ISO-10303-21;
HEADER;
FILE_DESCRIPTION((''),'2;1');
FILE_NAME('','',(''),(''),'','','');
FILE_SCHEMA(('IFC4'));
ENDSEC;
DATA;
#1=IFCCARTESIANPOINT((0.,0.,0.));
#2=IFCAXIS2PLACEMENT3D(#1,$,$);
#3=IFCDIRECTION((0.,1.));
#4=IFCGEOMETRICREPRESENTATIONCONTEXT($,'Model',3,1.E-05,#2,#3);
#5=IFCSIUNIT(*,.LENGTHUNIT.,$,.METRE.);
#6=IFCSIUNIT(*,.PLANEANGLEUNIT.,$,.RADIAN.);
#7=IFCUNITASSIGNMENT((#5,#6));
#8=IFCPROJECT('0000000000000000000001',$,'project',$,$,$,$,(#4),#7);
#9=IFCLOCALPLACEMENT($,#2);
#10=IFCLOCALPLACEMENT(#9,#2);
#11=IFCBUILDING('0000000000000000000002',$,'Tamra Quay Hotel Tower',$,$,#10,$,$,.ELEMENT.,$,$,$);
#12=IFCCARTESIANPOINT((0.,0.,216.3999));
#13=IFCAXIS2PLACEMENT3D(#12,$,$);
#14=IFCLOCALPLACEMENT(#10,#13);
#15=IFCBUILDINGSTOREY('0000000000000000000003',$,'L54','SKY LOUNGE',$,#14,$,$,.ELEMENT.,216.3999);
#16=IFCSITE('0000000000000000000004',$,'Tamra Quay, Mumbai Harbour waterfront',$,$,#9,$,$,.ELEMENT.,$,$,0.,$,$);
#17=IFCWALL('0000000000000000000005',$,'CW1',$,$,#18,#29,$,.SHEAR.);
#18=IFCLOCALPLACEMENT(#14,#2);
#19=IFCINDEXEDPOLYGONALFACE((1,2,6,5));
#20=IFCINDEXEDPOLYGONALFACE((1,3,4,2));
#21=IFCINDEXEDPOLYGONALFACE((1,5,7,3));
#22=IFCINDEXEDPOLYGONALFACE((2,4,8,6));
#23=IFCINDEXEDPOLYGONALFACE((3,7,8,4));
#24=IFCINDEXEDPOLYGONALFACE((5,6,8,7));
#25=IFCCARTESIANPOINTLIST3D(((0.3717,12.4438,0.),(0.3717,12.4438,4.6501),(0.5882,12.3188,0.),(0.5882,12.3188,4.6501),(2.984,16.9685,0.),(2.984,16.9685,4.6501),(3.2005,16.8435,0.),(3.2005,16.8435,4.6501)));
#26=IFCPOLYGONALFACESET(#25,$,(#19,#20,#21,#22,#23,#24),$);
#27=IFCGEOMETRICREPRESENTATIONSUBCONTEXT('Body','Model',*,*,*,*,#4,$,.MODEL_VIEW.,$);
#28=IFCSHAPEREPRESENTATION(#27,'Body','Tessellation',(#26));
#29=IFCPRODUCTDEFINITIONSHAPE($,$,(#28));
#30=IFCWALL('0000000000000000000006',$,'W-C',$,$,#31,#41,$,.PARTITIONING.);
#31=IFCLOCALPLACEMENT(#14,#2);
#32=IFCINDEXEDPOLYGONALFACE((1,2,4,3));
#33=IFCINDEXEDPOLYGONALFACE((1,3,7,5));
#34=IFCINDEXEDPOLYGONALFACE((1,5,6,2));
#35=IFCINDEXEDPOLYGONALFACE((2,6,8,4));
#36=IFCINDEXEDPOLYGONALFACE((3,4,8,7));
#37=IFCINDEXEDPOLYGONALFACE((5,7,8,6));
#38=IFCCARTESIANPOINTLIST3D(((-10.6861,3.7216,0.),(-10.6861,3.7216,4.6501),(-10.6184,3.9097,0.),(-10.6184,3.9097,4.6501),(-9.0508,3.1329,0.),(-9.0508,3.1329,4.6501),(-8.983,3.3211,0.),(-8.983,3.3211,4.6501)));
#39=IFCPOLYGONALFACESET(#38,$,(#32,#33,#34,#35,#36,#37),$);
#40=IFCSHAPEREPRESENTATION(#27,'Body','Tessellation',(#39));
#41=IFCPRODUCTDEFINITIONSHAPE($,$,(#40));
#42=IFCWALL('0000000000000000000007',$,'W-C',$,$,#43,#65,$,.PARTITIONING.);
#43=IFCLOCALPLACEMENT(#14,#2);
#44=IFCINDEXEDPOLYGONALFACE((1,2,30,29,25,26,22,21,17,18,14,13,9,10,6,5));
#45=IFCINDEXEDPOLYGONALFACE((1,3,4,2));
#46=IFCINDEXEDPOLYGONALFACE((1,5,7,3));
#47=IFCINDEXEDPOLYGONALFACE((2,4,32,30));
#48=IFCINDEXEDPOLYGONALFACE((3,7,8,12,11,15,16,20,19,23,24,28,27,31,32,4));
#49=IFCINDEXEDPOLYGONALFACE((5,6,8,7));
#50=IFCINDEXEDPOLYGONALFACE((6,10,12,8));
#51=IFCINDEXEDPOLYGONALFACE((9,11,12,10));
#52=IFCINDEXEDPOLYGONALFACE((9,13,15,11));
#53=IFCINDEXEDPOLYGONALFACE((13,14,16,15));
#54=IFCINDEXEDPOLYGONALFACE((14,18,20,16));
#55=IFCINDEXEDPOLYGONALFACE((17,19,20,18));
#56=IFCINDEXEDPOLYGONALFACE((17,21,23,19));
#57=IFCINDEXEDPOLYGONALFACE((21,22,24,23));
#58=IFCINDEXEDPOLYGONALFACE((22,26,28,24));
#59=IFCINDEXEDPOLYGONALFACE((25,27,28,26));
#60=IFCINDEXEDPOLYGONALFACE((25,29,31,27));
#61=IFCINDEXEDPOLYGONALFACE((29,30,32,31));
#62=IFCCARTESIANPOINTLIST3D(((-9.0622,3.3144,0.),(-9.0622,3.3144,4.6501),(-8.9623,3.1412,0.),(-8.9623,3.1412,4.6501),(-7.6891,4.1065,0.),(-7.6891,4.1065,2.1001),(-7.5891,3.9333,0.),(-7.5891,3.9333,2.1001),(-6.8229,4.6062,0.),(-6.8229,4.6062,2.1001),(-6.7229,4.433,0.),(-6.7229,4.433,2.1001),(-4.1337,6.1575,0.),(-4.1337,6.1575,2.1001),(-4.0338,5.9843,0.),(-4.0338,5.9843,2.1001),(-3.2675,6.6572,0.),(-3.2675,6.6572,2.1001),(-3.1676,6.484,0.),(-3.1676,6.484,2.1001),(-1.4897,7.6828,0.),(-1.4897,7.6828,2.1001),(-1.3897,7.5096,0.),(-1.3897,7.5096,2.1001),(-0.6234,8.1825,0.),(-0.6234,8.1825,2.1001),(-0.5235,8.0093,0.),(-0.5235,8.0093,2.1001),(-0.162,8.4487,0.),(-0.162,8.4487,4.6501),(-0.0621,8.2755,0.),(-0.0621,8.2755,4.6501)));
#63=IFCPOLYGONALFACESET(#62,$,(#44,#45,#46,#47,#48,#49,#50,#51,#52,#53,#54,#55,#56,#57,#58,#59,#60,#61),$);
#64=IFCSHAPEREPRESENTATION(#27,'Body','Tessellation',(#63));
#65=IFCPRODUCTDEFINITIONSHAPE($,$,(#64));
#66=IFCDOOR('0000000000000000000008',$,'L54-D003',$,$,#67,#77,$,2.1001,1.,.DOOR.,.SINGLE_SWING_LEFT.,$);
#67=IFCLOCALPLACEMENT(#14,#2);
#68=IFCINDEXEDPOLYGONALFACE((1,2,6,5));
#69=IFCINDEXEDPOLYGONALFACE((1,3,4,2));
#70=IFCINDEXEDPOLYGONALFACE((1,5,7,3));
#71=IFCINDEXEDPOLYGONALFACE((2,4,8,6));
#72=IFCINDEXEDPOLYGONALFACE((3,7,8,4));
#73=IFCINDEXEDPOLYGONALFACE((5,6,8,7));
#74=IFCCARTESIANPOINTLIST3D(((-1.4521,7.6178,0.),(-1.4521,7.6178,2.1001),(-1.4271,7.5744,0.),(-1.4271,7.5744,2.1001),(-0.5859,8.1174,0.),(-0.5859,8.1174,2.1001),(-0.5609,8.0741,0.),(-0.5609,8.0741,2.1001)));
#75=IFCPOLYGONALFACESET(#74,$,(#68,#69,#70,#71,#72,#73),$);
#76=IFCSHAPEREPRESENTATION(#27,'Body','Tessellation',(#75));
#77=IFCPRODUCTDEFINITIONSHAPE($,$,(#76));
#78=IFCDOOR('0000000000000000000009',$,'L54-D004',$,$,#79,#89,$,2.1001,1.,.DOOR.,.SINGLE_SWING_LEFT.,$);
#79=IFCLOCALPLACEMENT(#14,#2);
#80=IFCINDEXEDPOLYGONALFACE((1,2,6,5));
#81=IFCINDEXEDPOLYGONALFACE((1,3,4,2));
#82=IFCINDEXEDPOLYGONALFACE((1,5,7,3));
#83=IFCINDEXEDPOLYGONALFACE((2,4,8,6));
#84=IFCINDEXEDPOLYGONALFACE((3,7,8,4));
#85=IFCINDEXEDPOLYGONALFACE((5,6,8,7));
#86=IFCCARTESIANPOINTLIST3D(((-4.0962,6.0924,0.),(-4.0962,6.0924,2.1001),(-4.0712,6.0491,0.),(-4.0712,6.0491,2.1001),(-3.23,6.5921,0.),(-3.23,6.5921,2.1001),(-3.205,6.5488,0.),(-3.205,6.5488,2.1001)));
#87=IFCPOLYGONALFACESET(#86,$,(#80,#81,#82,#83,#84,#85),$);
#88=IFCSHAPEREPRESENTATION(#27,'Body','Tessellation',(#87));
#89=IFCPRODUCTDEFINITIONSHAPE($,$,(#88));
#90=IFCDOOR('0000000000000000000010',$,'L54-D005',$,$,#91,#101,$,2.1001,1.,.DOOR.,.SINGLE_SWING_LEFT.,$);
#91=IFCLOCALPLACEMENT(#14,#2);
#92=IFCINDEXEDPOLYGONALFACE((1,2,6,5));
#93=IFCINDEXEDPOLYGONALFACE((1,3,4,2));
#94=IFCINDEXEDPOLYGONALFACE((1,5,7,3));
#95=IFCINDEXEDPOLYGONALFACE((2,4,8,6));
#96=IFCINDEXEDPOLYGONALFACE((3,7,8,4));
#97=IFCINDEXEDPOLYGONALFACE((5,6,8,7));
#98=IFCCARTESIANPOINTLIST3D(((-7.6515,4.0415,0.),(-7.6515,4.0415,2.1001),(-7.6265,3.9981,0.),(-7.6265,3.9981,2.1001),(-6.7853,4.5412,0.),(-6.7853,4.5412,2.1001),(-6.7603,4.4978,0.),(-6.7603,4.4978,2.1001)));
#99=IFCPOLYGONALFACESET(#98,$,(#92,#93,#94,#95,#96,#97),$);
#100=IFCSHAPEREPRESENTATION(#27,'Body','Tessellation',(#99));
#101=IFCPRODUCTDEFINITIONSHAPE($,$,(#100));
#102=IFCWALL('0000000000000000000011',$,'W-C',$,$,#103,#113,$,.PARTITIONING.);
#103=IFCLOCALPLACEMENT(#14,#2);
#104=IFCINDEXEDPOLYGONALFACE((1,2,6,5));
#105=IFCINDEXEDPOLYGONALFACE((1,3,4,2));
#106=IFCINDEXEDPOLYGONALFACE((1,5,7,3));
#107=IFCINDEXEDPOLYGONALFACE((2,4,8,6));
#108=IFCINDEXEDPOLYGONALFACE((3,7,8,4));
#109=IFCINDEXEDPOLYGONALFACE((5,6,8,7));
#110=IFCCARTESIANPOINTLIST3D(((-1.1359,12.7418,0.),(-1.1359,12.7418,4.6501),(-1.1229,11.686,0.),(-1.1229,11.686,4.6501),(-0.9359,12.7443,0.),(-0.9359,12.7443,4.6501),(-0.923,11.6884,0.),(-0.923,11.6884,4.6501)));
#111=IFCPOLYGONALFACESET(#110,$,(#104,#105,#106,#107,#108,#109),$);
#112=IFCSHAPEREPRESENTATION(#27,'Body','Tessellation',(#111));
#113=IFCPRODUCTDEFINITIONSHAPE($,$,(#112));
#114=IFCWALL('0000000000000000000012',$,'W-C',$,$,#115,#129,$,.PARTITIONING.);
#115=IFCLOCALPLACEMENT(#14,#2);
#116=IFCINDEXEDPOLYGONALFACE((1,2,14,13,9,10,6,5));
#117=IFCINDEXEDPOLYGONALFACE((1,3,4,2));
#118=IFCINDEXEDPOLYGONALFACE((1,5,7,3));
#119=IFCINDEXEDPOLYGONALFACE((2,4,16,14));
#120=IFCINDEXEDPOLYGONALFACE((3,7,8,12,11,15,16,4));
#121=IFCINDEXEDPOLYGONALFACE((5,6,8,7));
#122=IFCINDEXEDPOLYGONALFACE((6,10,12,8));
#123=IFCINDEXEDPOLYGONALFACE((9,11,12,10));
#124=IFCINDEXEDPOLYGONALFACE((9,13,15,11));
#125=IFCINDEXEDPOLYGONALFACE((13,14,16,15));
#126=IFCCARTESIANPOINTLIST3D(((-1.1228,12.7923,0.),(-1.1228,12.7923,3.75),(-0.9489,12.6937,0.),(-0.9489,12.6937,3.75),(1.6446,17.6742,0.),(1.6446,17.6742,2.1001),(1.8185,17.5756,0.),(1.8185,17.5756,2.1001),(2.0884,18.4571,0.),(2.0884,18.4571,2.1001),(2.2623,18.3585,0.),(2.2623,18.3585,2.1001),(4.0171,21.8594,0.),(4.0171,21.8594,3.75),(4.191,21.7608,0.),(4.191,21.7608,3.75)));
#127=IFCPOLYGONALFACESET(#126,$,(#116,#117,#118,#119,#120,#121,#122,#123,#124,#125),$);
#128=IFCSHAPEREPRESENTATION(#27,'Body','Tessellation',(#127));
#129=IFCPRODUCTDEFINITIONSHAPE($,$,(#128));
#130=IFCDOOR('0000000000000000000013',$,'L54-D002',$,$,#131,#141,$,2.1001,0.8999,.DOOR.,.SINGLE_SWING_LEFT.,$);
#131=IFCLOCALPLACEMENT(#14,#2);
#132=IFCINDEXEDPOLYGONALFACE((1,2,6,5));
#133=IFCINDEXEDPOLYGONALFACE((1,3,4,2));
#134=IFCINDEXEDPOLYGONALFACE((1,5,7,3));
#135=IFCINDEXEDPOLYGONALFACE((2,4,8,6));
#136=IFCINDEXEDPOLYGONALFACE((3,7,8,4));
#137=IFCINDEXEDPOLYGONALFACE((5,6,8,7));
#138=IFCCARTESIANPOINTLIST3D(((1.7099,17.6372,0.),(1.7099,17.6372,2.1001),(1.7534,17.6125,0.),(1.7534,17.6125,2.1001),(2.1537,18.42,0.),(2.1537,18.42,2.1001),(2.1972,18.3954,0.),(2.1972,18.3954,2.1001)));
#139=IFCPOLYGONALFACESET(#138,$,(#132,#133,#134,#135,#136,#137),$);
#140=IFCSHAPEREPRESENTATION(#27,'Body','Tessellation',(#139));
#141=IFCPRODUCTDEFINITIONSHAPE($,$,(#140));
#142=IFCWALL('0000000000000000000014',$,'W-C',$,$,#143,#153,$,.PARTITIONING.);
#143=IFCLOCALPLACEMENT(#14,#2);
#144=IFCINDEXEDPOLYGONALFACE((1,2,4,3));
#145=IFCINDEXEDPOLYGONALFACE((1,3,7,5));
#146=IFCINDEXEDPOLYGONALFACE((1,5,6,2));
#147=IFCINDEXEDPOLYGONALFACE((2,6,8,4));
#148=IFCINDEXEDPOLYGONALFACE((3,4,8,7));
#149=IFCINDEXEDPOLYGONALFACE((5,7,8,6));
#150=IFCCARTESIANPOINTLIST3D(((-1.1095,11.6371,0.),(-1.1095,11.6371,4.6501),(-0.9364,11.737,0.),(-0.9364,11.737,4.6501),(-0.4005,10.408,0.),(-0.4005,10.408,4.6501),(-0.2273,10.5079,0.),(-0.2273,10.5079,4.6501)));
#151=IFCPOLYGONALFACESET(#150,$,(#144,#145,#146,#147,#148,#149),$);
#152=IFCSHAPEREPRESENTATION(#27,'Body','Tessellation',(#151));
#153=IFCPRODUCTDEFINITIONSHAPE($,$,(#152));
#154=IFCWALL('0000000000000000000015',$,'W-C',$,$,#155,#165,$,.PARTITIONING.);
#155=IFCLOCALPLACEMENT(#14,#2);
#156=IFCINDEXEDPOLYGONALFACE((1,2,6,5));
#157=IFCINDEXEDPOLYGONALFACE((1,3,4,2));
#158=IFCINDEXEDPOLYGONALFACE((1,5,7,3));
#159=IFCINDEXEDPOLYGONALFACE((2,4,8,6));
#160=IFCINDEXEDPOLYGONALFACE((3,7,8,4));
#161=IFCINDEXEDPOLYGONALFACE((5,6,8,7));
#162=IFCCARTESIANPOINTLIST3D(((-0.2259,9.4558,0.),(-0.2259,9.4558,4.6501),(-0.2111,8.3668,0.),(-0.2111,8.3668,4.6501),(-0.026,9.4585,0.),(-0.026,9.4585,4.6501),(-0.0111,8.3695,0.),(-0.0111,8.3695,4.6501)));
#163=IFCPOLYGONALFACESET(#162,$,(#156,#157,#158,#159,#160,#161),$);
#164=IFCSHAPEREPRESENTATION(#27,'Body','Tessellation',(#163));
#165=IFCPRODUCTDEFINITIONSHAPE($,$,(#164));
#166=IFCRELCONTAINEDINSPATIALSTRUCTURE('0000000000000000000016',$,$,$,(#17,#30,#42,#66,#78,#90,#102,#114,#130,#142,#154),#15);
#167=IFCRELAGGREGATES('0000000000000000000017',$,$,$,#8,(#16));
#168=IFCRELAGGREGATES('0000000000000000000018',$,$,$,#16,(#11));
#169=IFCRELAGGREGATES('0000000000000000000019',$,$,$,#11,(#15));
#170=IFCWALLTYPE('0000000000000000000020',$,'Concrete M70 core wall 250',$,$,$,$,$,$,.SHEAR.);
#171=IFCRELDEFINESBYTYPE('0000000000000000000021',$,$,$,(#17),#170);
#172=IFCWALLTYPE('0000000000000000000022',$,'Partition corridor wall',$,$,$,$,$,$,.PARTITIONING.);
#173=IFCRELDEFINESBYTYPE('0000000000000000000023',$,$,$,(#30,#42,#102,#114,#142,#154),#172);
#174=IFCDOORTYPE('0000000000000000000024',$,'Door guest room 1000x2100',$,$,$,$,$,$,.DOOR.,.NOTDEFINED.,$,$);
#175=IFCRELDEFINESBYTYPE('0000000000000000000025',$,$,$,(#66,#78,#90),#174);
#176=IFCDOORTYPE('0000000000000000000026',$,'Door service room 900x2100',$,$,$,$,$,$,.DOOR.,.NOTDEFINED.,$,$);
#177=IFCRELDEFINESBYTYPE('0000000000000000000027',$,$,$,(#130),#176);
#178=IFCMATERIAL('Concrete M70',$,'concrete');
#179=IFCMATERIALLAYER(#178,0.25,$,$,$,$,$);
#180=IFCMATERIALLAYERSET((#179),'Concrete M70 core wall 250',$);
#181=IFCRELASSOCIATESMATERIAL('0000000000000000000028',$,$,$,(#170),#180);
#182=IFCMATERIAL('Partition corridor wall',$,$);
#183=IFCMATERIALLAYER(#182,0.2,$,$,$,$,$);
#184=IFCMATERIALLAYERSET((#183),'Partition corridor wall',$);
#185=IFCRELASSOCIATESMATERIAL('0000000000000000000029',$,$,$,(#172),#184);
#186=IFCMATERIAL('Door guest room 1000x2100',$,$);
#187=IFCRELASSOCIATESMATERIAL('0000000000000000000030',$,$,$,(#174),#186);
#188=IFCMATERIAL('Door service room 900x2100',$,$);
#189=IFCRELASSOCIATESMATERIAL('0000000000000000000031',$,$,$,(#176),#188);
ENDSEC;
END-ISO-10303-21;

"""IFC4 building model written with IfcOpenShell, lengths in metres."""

from ifc_helpers import new_model, si_unit, direction, frame, frame_2d, origin, place, context, subcontext, project, spatial, rectangle, extrude, material, layer, layer_set, type_object, element, fill, save


model = new_model("IFC4")

# Units and contexts
model_context = context("Model", 3, precision=1e-05, world=origin(), true_north=direction((0.0, 1.0)))
body_context = subcontext(model_context, "Body", "Model", "MODEL_VIEW")
ifc_project = project(units=[si_unit("LENGTHUNIT", "METRE"), si_unit("PLANEANGLEUNIT", "RADIAN")], contexts=[model_context])

# Site, building, storey
site_placement = place(None, origin())
site = spatial("IfcSite", under=ifc_project, at=site_placement, Name="Tamra Quay, Mumbai Harbour waterfront", CompositionType="ELEMENT", RefElevation=0.0)
building_placement = place(site_placement, origin())
building = spatial("IfcBuilding", under=site, at=building_placement, Name="Tamra Quay Hotel Tower", CompositionType="ELEMENT")
storey_placement = place(building_placement, frame((0.0, 0.0, 216.3999)))
storey = spatial("IfcBuildingStorey", under=building, at=storey_placement, Name="L54", Description="SKY LOUNGE", CompositionType="ELEMENT", Elevation=216.3999)

# Shared definitions
ifc_material_1 = material(Name="Concrete M70", Category="concrete")

# Shared definitions
ifc_layer_1 = layer(ifc_material_1, 0.25)
ifc_layer_set_1 = layer_set([ifc_layer_1], Name="Concrete M70 core wall 250")
wall_type_1 = type_object("IfcWallType", Name="Concrete M70 core wall 250", PredefinedType="SHEAR", material=ifc_layer_set_1)

# Walls
wall_1_placement = place(storey_placement, frame((0.48, 12.3813, 0.0), z_axis=(0.0, 0.0, 1.0), x_axis=(0.499999, 0.866026, 0.0)))
element("IfcWall", 1, at=wall_1_placement, inside=storey, type_object=wall_type_1, Name="CW1", PredefinedType="SHEAR", context=body_context, shape_type="SweptSolid", body=[
    extrude(rectangle(XDim=5.2246, YDim=0.25, at=frame_2d((2.6123, 0.0))), origin(), (0.0, 0.0, 1.0), 4.6501),
])
ifc_material_2 = material(Name="Partition corridor wall")
ifc_layer_2 = layer(ifc_material_2, 0.2)
ifc_layer_set_2 = layer_set([ifc_layer_2], Name="Partition corridor wall")
wall_type_2 = type_object("IfcWallType", Name="Partition corridor wall", PredefinedType="PARTITIONING", material=ifc_layer_set_2)
wall_2_placement = place(storey_placement, frame((-10.6523, 3.8157, 0.0), z_axis=(0.0, 0.0, 1.0), x_axis=(0.9409, -0.338685, 0.0)))
element("IfcWall", 2, at=wall_2_placement, inside=storey, type_object=wall_type_2, Name="W-C", PredefinedType="PARTITIONING", context=body_context, shape_type="SweptSolid", body=[
    extrude(rectangle(XDim=1.738, YDim=0.2, at=frame_2d((0.8691, 0.0))), origin(), (0.0, 0.0, 1.0), 4.6501),
])

# Wall, openings, doors
wall_3_placement = place(storey_placement, frame((-9.0122, 3.2278, 0.0), z_axis=(0.0, 0.0, 1.0), x_axis=(0.866203, 0.499692, 0.0)))
wall_3 = element("IfcWall", 3, at=wall_3_placement, inside=storey, type_object=wall_type_2, Name="W-C", PredefinedType="PARTITIONING", context=body_context, shape_type="SweptSolid", body=[
    extrude(rectangle(XDim=10.2749, YDim=0.2, at=frame_2d((5.1375, 0.0))), origin(), (0.0, 0.0, 1.0), 4.6501),
])
opening_1_placement = place(wall_3_placement, frame((8.7422, 0.0, 0.0)))
opening_1 = element("IfcOpeningElement", 4, at=opening_1_placement, cuts=wall_3, PredefinedType="OPENING", context=body_context, shape_type="SweptSolid", body=[
    extrude(rectangle(XDim=1.0, YDim=2.1001, at=frame_2d((0.5, 1.05))), frame((0.0, 0.1099, 0.0), z_axis=(0.0, -1.0, 0.0), x_axis=(1.0, 0.0, 0.0)), (0.0, 0.0, 1.0), 0.22),
])
opening_2_placement = place(wall_3_placement, frame((5.6897, 0.0, 0.0)))
opening_2 = element("IfcOpeningElement", 5, at=opening_2_placement, cuts=wall_3, PredefinedType="OPENING", context=body_context, shape_type="SweptSolid", body=[
    extrude(rectangle(XDim=1.0, YDim=2.1001, at=frame_2d((0.5, 1.05))), frame((0.0, 0.1099, 0.0), z_axis=(0.0, -1.0, 0.0), x_axis=(1.0, 0.0, 0.0)), (0.0, 0.0, 1.0), 0.22),
])
opening_3_placement = place(wall_3_placement, frame((1.5852, 0.0, 0.0)))
opening_3 = element("IfcOpeningElement", 6, at=opening_3_placement, cuts=wall_3, PredefinedType="OPENING", context=body_context, shape_type="SweptSolid", body=[
    extrude(rectangle(XDim=1.0, YDim=2.1001, at=frame_2d((0.5, 1.05))), frame((0.0, 0.1099, 0.0), z_axis=(0.0, -1.0, 0.0), x_axis=(1.0, 0.0, 0.0)), (0.0, 0.0, 1.0), 0.22),
])
ifc_material_3 = material(Name="Door guest room 1000x2100")
door_type_1 = type_object("IfcDoorType", Name="Door guest room 1000x2100", OperationType="NOTDEFINED", PredefinedType="DOOR", material=ifc_material_3)
door_1_placement = place(opening_1_placement, origin())
door_1 = element("IfcDoor", 7, at=door_1_placement, inside=storey, type_object=door_type_1, Name="L54-D003", OperationType="SINGLE_SWING_LEFT", OverallHeight=2.1001, OverallWidth=1.0, PredefinedType="DOOR", context=body_context, shape_type="SweptSolid", body=[
    extrude(rectangle(XDim=1.0, YDim=2.1001, at=frame_2d((0.5, 1.05))), frame((0.0, 0.0249, 0.0), z_axis=(0.0, -1.0, 0.0), x_axis=(1.0, 0.0, 0.0)), (0.0, 0.0, 1.0), 0.05),
])
fill(opening_1, door_1)
door_2_placement = place(opening_2_placement, origin())
door_2 = element("IfcDoor", 8, at=door_2_placement, inside=storey, type_object=door_type_1, Name="L54-D004", OperationType="SINGLE_SWING_LEFT", OverallHeight=2.1001, OverallWidth=1.0, PredefinedType="DOOR", context=body_context, shape_type="SweptSolid", body=[
    extrude(rectangle(XDim=1.0, YDim=2.1001, at=frame_2d((0.5, 1.05))), frame((0.0, 0.0249, 0.0), z_axis=(0.0, -1.0, 0.0), x_axis=(1.0, 0.0, 0.0)), (0.0, 0.0, 1.0), 0.05),
])
fill(opening_2, door_2)
door_3_placement = place(opening_3_placement, origin())
door_3 = element("IfcDoor", 9, at=door_3_placement, inside=storey, type_object=door_type_1, Name="L54-D005", OperationType="SINGLE_SWING_LEFT", OverallHeight=2.1001, OverallWidth=1.0, PredefinedType="DOOR", context=body_context, shape_type="SweptSolid", body=[
    extrude(rectangle(XDim=1.0, YDim=2.1001, at=frame_2d((0.5, 1.05))), frame((0.0, 0.0249, 0.0), z_axis=(0.0, -1.0, 0.0), x_axis=(1.0, 0.0, 0.0)), (0.0, 0.0, 1.0), 0.05),
])
fill(opening_3, door_3)

# Wall
wall_4_placement = place(storey_placement, frame((-1.0359, 12.7429, 0.0), z_axis=(0.0, 0.0, 1.0), x_axis=(0.012253, -0.999925, 0.0)))
element("IfcWall", 10, at=wall_4_placement, inside=storey, type_object=wall_type_2, Name="W-C", PredefinedType="PARTITIONING", context=body_context, shape_type="SweptSolid", body=[
    extrude(rectangle(XDim=1.0559, YDim=0.2, at=frame_2d((0.5278, 0.0))), origin(), (0.0, 0.0, 1.0), 4.6501),
])

# Wall, opening, door
wall_5_placement = place(storey_placement, frame((-1.0359, 12.7429, 0.0), z_axis=(0.0, 0.0, 1.0), x_axis=(0.493147, 0.869946, 0.0)))
wall_5 = element("IfcWall", 11, at=wall_5_placement, inside=storey, type_object=wall_type_2, Name="W-C", PredefinedType="PARTITIONING", context=body_context, shape_type="SweptSolid", body=[
    extrude(rectangle(XDim=10.4226, YDim=0.2, at=frame_2d((5.2114, 0.0))), origin(), (0.0, 0.0, 1.0), 3.75),
])
opening_4_placement = place(wall_5_placement, frame((5.6118, 0.0, 0.0)))
opening_4 = element("IfcOpeningElement", 12, at=opening_4_placement, cuts=wall_5, PredefinedType="OPENING", context=body_context, shape_type="SweptSolid", body=[
    extrude(rectangle(XDim=0.8999, YDim=2.1001, at=frame_2d((0.45, 1.05))), frame((0.0, 0.1099, 0.0), z_axis=(0.0, -1.0, 0.0), x_axis=(1.0, 0.0, 0.0)), (0.0, 0.0, 1.0), 0.22),
])
ifc_material_4 = material(Name="Door service room 900x2100")
door_type_2 = type_object("IfcDoorType", Name="Door service room 900x2100", OperationType="NOTDEFINED", PredefinedType="DOOR", material=ifc_material_4)
door_4_placement = place(opening_4_placement, origin())
door_4 = element("IfcDoor", 13, at=door_4_placement, inside=storey, type_object=door_type_2, Name="L54-D002", OperationType="SINGLE_SWING_LEFT", OverallHeight=2.1001, OverallWidth=0.8999, PredefinedType="DOOR", context=body_context, shape_type="SweptSolid", body=[
    extrude(rectangle(XDim=0.8999, YDim=2.1001, at=frame_2d((0.45, 1.05))), frame((0.0, 0.0249, 0.0), z_axis=(0.0, -1.0, 0.0), x_axis=(1.0, 0.0, 0.0)), (0.0, 0.0, 1.0), 0.05),
])
fill(opening_4, door_4)

# Walls
wall_6_placement = place(storey_placement, frame((-1.0229, 11.687, 0.0), z_axis=(0.0, 0.0, 1.0), x_axis=(0.499693, -0.866203, 0.0)))
element("IfcWall", 14, at=wall_6_placement, inside=storey, type_object=wall_type_2, Name="W-C", PredefinedType="PARTITIONING", context=body_context, shape_type="SweptSolid", body=[
    extrude(rectangle(XDim=1.4189, YDim=0.2, at=frame_2d((0.7095, 0.0))), origin(), (0.0, 0.0, 1.0), 4.6501),
])
wall_7_placement = place(storey_placement, frame((-0.126, 9.457, 0.0), z_axis=(0.0, 0.0, 1.0), x_axis=(0.013673, -0.999907, 0.0)))
element("IfcWall", 15, at=wall_7_placement, inside=storey, type_object=wall_type_2, Name="W-C", PredefinedType="PARTITIONING", context=body_context, shape_type="SweptSolid", body=[
    extrude(rectangle(XDim=1.0891, YDim=0.2, at=frame_2d((0.5444, 0.0))), origin(), (0.0, 0.0, 1.0), 4.6501),
])

save(model, "model.ifc")
